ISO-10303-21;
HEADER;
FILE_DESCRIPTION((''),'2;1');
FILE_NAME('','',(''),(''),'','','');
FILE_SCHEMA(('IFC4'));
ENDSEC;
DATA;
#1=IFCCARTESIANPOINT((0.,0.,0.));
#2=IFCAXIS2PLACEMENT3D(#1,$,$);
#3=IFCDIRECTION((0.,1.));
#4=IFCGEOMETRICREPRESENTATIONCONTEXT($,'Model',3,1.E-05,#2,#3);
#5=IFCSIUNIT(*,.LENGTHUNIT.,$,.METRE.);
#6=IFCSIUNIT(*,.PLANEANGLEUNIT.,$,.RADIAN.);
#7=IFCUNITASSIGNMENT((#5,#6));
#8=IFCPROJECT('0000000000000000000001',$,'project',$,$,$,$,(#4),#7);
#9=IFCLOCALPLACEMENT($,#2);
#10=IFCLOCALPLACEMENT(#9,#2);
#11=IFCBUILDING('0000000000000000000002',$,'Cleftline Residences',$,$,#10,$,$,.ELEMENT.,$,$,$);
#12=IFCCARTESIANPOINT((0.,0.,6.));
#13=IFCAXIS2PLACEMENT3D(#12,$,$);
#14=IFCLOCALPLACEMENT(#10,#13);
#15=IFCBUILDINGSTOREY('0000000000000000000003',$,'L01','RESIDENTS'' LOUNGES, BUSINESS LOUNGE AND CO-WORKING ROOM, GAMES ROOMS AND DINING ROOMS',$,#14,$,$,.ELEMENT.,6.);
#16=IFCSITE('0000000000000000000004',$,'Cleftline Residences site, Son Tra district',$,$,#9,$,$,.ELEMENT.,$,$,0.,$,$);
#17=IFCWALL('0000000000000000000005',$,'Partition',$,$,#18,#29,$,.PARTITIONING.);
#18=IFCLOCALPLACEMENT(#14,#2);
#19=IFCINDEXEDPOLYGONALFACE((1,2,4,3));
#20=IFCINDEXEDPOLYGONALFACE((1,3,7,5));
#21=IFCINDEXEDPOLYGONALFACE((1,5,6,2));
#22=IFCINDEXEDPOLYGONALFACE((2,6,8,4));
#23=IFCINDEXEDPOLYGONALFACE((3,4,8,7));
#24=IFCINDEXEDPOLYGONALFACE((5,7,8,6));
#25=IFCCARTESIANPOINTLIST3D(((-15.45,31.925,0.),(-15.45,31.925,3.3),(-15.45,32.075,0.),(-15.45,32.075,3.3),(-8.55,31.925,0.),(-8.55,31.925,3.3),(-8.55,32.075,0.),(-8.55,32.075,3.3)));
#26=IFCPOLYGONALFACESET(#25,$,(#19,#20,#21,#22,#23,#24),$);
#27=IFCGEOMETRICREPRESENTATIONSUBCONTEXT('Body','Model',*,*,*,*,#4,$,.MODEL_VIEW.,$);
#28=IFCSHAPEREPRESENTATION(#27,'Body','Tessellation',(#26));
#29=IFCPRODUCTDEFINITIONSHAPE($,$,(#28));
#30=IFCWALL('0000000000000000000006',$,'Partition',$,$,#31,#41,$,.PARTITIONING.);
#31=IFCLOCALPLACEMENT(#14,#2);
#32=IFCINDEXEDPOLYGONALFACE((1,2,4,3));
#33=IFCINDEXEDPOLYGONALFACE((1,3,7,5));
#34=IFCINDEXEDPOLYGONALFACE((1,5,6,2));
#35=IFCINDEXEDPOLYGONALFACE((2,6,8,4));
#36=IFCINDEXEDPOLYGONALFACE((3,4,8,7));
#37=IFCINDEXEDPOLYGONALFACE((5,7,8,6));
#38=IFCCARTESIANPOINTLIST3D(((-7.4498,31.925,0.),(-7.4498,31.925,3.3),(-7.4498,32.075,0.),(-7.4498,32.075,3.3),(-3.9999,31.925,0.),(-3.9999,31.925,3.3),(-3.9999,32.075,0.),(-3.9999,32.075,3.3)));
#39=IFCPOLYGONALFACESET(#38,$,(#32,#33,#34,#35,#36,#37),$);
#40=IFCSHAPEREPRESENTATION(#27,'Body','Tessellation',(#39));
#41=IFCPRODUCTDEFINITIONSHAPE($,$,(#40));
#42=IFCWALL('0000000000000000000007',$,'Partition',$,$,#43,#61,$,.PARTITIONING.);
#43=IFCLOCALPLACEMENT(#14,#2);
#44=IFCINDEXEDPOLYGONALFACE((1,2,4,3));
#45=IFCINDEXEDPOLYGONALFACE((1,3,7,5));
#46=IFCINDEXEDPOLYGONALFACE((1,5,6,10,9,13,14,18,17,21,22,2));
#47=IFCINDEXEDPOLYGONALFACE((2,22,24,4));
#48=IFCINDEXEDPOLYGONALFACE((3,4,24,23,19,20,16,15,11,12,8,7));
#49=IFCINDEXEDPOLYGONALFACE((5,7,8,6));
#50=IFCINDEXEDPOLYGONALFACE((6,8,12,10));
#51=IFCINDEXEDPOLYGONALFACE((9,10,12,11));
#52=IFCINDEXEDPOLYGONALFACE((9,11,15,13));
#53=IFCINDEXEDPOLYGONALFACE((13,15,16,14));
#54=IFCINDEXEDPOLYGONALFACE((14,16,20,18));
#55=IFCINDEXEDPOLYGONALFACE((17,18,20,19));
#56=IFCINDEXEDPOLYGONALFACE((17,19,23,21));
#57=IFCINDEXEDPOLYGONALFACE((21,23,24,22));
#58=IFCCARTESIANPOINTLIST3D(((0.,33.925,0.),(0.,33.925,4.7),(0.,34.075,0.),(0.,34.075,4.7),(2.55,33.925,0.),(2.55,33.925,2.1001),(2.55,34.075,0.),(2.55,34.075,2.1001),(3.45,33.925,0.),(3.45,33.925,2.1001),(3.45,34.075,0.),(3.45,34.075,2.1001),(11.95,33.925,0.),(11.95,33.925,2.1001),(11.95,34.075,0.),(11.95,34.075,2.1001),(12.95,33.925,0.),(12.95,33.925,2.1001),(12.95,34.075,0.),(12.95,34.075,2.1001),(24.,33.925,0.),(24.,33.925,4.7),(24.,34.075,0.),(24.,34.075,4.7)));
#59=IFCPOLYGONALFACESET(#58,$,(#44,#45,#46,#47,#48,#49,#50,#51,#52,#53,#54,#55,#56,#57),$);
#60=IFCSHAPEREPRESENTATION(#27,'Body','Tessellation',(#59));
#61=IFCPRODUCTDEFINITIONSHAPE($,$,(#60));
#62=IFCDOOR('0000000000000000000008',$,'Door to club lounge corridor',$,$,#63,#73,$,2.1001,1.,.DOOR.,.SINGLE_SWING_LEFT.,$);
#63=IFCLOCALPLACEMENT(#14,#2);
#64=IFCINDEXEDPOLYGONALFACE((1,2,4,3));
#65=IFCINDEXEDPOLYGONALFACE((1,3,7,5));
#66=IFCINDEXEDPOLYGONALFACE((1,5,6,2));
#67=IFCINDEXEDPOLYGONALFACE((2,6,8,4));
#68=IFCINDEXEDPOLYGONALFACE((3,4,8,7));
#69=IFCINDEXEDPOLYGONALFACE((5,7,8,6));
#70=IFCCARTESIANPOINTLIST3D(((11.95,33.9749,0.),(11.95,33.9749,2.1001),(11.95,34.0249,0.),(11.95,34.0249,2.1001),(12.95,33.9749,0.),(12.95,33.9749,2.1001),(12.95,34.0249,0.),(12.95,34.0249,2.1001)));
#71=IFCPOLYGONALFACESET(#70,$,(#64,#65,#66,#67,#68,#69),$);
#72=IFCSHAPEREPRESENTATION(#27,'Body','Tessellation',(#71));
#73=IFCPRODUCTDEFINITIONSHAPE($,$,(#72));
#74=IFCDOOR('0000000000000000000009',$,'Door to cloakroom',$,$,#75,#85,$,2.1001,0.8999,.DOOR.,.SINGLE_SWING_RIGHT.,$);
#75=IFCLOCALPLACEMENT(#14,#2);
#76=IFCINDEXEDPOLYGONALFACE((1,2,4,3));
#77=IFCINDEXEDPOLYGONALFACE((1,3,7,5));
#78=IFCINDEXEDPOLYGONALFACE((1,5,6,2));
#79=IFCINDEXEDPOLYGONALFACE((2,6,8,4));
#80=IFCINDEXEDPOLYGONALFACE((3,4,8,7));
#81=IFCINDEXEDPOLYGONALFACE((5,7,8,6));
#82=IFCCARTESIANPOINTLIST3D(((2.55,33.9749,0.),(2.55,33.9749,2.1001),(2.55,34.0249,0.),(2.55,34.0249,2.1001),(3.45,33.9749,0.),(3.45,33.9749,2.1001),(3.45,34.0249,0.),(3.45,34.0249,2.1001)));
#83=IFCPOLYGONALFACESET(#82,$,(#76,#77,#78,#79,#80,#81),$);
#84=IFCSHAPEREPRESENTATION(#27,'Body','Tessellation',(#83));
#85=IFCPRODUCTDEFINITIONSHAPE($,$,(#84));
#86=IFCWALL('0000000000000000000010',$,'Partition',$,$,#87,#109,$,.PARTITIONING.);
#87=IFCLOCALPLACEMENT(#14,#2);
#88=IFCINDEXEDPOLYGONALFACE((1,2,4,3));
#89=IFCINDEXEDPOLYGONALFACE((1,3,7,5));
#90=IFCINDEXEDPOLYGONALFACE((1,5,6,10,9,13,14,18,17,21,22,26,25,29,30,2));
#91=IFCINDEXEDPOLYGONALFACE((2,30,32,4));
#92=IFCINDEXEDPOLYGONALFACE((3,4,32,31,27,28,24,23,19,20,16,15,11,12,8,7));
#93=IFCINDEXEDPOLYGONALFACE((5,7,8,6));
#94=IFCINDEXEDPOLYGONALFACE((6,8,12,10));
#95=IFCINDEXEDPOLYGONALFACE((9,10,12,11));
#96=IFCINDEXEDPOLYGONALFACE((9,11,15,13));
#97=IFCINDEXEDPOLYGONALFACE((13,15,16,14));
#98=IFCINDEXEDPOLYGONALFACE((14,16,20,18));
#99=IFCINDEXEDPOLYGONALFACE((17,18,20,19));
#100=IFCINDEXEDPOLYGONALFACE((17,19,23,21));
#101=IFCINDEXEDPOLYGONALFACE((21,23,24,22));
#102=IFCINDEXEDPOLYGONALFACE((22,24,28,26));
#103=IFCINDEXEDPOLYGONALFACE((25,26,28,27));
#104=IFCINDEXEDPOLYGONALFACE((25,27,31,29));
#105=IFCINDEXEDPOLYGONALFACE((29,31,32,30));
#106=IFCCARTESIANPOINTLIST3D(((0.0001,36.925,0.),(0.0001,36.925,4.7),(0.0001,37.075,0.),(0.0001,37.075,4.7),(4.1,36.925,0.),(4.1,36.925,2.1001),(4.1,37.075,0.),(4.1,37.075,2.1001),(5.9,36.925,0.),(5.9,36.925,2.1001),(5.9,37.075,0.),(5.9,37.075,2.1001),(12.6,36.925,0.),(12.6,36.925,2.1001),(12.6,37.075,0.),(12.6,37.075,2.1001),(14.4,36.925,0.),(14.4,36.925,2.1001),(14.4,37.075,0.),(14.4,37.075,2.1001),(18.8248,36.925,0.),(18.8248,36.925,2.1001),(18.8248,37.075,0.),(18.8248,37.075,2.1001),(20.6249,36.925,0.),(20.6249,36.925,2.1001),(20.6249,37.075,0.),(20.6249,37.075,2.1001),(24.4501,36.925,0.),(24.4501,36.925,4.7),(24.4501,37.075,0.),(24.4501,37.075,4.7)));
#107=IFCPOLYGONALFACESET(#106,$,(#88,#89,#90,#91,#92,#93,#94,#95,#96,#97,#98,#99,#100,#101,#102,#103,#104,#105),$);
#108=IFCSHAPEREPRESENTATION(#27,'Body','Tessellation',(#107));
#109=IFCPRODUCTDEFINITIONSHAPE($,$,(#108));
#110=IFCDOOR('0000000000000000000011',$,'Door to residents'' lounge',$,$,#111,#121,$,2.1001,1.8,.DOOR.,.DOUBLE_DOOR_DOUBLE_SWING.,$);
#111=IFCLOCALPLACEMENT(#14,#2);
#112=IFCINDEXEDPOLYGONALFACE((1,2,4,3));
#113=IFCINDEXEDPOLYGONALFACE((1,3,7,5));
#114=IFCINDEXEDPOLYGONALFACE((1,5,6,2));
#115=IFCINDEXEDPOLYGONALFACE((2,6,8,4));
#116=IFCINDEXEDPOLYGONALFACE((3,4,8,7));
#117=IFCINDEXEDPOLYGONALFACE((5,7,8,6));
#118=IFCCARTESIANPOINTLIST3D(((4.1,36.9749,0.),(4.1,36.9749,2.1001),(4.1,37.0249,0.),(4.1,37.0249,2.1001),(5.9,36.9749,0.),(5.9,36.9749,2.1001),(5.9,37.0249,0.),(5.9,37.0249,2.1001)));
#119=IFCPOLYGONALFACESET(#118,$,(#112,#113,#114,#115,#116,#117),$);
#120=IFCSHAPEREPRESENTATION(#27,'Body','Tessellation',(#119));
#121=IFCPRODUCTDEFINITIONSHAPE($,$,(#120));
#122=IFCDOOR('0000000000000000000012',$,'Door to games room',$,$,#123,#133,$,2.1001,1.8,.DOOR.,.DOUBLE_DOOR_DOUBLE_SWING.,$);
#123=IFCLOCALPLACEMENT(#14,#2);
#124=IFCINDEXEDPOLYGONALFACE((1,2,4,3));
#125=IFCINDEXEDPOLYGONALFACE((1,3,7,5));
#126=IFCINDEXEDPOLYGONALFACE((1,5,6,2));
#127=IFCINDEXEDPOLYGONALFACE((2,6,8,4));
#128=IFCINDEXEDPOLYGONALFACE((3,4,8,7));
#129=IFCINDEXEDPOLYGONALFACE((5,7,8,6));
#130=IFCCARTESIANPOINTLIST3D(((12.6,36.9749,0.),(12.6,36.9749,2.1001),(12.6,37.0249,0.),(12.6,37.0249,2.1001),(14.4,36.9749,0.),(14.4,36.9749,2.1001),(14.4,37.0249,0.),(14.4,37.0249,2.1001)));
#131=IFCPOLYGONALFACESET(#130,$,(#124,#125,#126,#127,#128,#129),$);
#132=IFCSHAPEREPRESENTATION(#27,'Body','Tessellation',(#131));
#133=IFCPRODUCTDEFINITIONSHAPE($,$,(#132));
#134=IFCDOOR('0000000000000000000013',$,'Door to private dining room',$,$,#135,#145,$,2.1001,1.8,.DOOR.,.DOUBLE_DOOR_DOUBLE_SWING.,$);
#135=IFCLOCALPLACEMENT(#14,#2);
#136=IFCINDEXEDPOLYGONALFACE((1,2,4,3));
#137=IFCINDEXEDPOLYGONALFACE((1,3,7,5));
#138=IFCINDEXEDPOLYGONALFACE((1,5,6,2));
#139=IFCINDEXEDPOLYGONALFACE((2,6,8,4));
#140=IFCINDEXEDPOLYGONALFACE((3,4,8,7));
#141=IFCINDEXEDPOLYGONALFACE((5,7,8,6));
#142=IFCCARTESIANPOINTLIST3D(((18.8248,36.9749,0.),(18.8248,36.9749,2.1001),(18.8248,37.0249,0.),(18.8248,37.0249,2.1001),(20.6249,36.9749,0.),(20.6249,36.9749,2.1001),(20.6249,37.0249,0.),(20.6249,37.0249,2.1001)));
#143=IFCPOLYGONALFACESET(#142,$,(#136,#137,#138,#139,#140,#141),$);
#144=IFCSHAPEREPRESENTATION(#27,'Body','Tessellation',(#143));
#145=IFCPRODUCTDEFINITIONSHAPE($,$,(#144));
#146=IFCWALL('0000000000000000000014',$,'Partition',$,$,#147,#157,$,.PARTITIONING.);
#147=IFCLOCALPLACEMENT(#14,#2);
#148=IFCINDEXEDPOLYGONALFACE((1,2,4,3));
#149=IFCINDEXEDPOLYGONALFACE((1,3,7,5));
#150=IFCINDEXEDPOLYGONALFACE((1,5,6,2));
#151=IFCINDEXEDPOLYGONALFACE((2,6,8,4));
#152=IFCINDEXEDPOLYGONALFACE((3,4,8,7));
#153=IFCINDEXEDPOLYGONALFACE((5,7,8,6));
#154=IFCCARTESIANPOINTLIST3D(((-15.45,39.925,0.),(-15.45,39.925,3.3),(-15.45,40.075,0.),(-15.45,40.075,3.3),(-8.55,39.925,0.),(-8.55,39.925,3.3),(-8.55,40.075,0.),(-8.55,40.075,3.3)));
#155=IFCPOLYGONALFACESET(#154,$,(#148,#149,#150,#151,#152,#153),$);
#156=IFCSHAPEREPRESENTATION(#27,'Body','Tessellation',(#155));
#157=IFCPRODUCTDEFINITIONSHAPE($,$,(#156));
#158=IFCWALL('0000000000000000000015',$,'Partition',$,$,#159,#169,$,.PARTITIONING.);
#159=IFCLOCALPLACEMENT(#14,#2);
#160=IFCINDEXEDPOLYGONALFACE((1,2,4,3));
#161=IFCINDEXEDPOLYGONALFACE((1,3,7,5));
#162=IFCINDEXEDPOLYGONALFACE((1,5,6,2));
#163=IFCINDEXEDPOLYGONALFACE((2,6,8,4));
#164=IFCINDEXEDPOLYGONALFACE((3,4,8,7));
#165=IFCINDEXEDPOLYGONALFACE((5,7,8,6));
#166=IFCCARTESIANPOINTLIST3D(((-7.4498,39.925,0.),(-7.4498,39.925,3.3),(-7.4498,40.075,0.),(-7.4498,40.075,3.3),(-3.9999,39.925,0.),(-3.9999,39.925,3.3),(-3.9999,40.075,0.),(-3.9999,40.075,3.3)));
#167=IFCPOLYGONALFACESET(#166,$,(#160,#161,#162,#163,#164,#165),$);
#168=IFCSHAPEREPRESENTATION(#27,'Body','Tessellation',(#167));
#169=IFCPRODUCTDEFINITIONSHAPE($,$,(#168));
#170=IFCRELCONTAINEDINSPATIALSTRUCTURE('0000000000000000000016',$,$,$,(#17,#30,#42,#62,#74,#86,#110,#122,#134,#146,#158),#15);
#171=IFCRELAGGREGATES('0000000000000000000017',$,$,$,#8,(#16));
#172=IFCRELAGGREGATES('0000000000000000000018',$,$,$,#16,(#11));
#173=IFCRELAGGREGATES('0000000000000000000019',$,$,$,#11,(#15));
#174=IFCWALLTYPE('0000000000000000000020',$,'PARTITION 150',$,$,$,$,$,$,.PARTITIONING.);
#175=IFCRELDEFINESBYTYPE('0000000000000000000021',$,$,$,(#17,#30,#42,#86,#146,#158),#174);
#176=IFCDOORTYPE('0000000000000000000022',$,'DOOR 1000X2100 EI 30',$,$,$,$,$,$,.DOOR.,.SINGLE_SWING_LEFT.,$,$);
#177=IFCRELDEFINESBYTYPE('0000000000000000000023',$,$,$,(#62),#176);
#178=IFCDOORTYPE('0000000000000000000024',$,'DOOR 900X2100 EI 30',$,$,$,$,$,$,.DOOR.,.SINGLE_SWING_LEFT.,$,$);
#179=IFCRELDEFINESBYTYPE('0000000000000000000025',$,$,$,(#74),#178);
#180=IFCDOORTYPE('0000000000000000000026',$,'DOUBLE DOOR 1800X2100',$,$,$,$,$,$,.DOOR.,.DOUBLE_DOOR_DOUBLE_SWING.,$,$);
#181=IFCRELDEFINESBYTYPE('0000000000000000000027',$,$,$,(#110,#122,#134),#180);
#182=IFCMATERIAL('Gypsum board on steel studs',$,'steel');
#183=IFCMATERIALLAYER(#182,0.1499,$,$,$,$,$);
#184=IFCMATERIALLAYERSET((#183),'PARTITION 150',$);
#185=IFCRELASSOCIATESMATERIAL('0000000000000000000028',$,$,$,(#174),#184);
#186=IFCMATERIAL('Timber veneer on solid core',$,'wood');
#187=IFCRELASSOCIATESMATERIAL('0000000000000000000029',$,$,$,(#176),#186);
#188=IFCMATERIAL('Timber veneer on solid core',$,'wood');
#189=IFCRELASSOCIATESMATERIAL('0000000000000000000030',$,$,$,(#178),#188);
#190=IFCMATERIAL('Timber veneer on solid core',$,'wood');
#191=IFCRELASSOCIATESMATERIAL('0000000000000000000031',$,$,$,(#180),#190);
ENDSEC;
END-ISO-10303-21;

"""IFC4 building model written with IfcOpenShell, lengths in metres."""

from ifc_helpers import new_model, si_unit, direction, frame, frame_2d, origin, place, context, subcontext, project, spatial, rectangle, extrude, material, layer, layer_set, type_object, element, fill, save


model = new_model("IFC4")

# Units and contexts
model_context = context("Model", 3, precision=1e-05, world=origin(), true_north=direction((0.0, 1.0)))
body_context = subcontext(model_context, "Body", "Model", "MODEL_VIEW")
ifc_project = project(units=[si_unit("LENGTHUNIT", "METRE"), si_unit("PLANEANGLEUNIT", "RADIAN")], contexts=[model_context])

# Site, building, storey
site_placement = place(None, origin())
site = spatial("IfcSite", under=ifc_project, at=site_placement, Name="Cleftline Residences site, Son Tra district", CompositionType="ELEMENT", RefElevation=0.0)
building_placement = place(site_placement, origin())
building = spatial("IfcBuilding", under=site, at=building_placement, Name="Cleftline Residences", CompositionType="ELEMENT")
storey_placement = place(building_placement, frame((0.0, 0.0, 6.0)))
storey = spatial("IfcBuildingStorey", under=building, at=storey_placement, Name="L01", Description="RESIDENTS' LOUNGES, BUSINESS LOUNGE AND CO-WORKING ROOM, GAMES ROOMS AND DINING ROOMS", CompositionType="ELEMENT", Elevation=6.0)

# Walls
ifc_material_1 = material(Name="Gypsum board on steel studs", Category="steel")
ifc_layer = layer(ifc_material_1, 0.1499)
ifc_layer_set = layer_set([ifc_layer], Name="PARTITION 150")
wall_type = type_object("IfcWallType", Name="PARTITION 150", PredefinedType="PARTITIONING", material=ifc_layer_set)
wall_1_placement = place(storey_placement, frame((-15.45, 32.0, 0.0), z_axis=(0.0, 0.0, 1.0), x_axis=(1.0, 0.0, 0.0)))
element("IfcWall", 1, at=wall_1_placement, inside=storey, type_object=wall_type, Name="Partition", PredefinedType="PARTITIONING", context=body_context, shape_type="SweptSolid", body=[
    extrude(rectangle(XDim=6.8999, YDim=0.1499, at=frame_2d((3.45, 0.0))), origin(), (0.0, 0.0, 1.0), 3.3),
])
wall_2_placement = place(storey_placement, frame((-7.45, 32.0, 0.0), z_axis=(0.0, 0.0, 1.0), x_axis=(1.0, 0.0, 0.0)))
element("IfcWall", 2, at=wall_2_placement, inside=storey, type_object=wall_type, Name="Partition", PredefinedType="PARTITIONING", context=body_context, shape_type="SweptSolid", body=[
    extrude(rectangle(XDim=3.45, YDim=0.1499, at=frame_2d((1.7251, 0.0))), origin(), (0.0, 0.0, 1.0), 3.3),
])

# Walls, openings, doors
wall_3_placement = place(storey_placement, frame((0.0, 34.0, 0.0), z_axis=(0.0, 0.0, 1.0), x_axis=(1.0, 0.0, 0.0)))
wall_3 = element("IfcWall", 3, at=wall_3_placement, inside=storey, type_object=wall_type, Name="Partition", PredefinedType="PARTITIONING", context=body_context, shape_type="SweptSolid", body=[
    extrude(rectangle(XDim=24.0, YDim=0.1499, at=frame_2d((12.0, 0.0))), origin(), (0.0, 0.0, 1.0), 4.7),
])
opening_1_placement = place(wall_3_placement, frame((11.95, 0.0, 0.0)))
opening_1 = element("IfcOpeningElement", 4, at=opening_1_placement, cuts=wall_3, PredefinedType="OPENING", context=body_context, shape_type="SweptSolid", body=[
    extrude(rectangle(XDim=1.0, YDim=2.1001, at=frame_2d((0.5, 1.05))), frame((0.0, 0.085, 0.0), z_axis=(0.0, -1.0, 0.0), x_axis=(1.0, 0.0, 0.0)), (0.0, 0.0, 1.0), 0.1699),
])
opening_2_placement = place(wall_3_placement, frame((2.55, 0.0, 0.0)))
opening_2 = element("IfcOpeningElement", 5, at=opening_2_placement, cuts=wall_3, PredefinedType="OPENING", context=body_context, shape_type="SweptSolid", body=[
    extrude(rectangle(XDim=0.8999, YDim=2.1001, at=frame_2d((0.45, 1.05))), frame((0.0, 0.085, 0.0), z_axis=(0.0, -1.0, 0.0), x_axis=(1.0, 0.0, 0.0)), (0.0, 0.0, 1.0), 0.1699),
])
ifc_material_2 = material(Name="Timber veneer on solid core", Category="wood")
door_type_1 = type_object("IfcDoorType", Name="DOOR 1000X2100 EI 30", OperationType="SINGLE_SWING_LEFT", PredefinedType="DOOR", material=ifc_material_2)
door_1_placement = place(opening_1_placement, origin())
door_1 = element("IfcDoor", 6, at=door_1_placement, inside=storey, type_object=door_type_1, Name="Door to club lounge corridor", OperationType="SINGLE_SWING_LEFT", OverallHeight=2.1001, OverallWidth=1.0, PredefinedType="DOOR", context=body_context, shape_type="SweptSolid", body=[
    extrude(rectangle(XDim=1.0, YDim=2.1001, at=frame_2d((0.5, 1.05))), frame((0.0, 0.0249, 0.0), z_axis=(0.0, -1.0, 0.0), x_axis=(1.0, 0.0, 0.0)), (0.0, 0.0, 1.0), 0.05),
])
fill(opening_1, door_1)
ifc_material_3 = material(Name="Timber veneer on solid core", Category="wood")
door_type_2 = type_object("IfcDoorType", Name="DOOR 900X2100 EI 30", OperationType="SINGLE_SWING_LEFT", PredefinedType="DOOR", material=ifc_material_3)
door_2_placement = place(opening_2_placement, origin())
door_2 = element("IfcDoor", 7, at=door_2_placement, inside=storey, type_object=door_type_2, Name="Door to cloakroom", OperationType="SINGLE_SWING_RIGHT", OverallHeight=2.1001, OverallWidth=0.8999, PredefinedType="DOOR", context=body_context, shape_type="SweptSolid", body=[
    extrude(rectangle(XDim=0.8999, YDim=2.1001, at=frame_2d((0.45, 1.05))), frame((0.0, 0.0249, 0.0), z_axis=(0.0, -1.0, 0.0), x_axis=(1.0, 0.0, 0.0)), (0.0, 0.0, 1.0), 0.05),
])
fill(opening_2, door_2)
wall_4_placement = place(storey_placement, frame((0.0, 37.0, 0.0), z_axis=(0.0, 0.0, 1.0), x_axis=(1.0, 0.0, 0.0)))
wall_4 = element("IfcWall", 8, at=wall_4_placement, inside=storey, type_object=wall_type, Name="Partition", PredefinedType="PARTITIONING", context=body_context, shape_type="SweptSolid", body=[
    extrude(rectangle(XDim=24.45, YDim=0.1499, at=frame_2d((12.2251, 0.0))), origin(), (0.0, 0.0, 1.0), 4.7),
])
opening_3_placement = place(wall_4_placement, frame((4.1001, 0.0, 0.0)))
opening_3 = element("IfcOpeningElement", 9, at=opening_3_placement, cuts=wall_4, PredefinedType="OPENING", context=body_context, shape_type="SweptSolid", body=[
    extrude(rectangle(XDim=1.8, YDim=2.1001, at=frame_2d((0.8999, 1.05))), frame((0.0, 0.085, 0.0), z_axis=(0.0, -1.0, 0.0), x_axis=(1.0, 0.0, 0.0)), (0.0, 0.0, 1.0), 0.1699),
])
opening_4_placement = place(wall_4_placement, frame((12.6001, 0.0, 0.0)))
opening_4 = element("IfcOpeningElement", 10, at=opening_4_placement, cuts=wall_4, PredefinedType="OPENING", context=body_context, shape_type="SweptSolid", body=[
    extrude(rectangle(XDim=1.8, YDim=2.1001, at=frame_2d((0.8999, 1.05))), frame((0.0, 0.085, 0.0), z_axis=(0.0, -1.0, 0.0), x_axis=(1.0, 0.0, 0.0)), (0.0, 0.0, 1.0), 0.1699),
])
opening_5_placement = place(wall_4_placement, frame((18.825, 0.0, 0.0)))
opening_5 = element("IfcOpeningElement", 11, at=opening_5_placement, cuts=wall_4, PredefinedType="OPENING", context=body_context, shape_type="SweptSolid", body=[
    extrude(rectangle(XDim=1.8, YDim=2.1001, at=frame_2d((0.8999, 1.05))), frame((0.0, 0.085, 0.0), z_axis=(0.0, -1.0, 0.0), x_axis=(1.0, 0.0, 0.0)), (0.0, 0.0, 1.0), 0.1699),
])
ifc_material_4 = material(Name="Timber veneer on solid core", Category="wood")
door_type_3 = type_object("IfcDoorType", Name="DOUBLE DOOR 1800X2100", OperationType="DOUBLE_DOOR_DOUBLE_SWING", PredefinedType="DOOR", material=ifc_material_4)
door_3_placement = place(opening_3_placement, origin())
door_3 = element("IfcDoor", 12, at=door_3_placement, inside=storey, type_object=door_type_3, Name="Door to residents' lounge", OperationType="DOUBLE_DOOR_DOUBLE_SWING", OverallHeight=2.1001, OverallWidth=1.8, PredefinedType="DOOR", context=body_context, shape_type="SweptSolid", body=[
    extrude(rectangle(XDim=1.8, YDim=2.1001, at=frame_2d((0.8999, 1.05))), frame((0.0, 0.0249, 0.0), z_axis=(0.0, -1.0, 0.0), x_axis=(1.0, 0.0, 0.0)), (0.0, 0.0, 1.0), 0.05),
])
fill(opening_3, door_3)
door_4_placement = place(opening_4_placement, origin())
door_4 = element("IfcDoor", 13, at=door_4_placement, inside=storey, type_object=door_type_3, Name="Door to games room", OperationType="DOUBLE_DOOR_DOUBLE_SWING", OverallHeight=2.1001, OverallWidth=1.8, PredefinedType="DOOR", context=body_context, shape_type="SweptSolid", body=[
    extrude(rectangle(XDim=1.8, YDim=2.1001, at=frame_2d((0.8999, 1.05))), frame((0.0, 0.0249, 0.0), z_axis=(0.0, -1.0, 0.0), x_axis=(1.0, 0.0, 0.0)), (0.0, 0.0, 1.0), 0.05),
])
fill(opening_4, door_4)
door_5_placement = place(opening_5_placement, origin())
door_5 = element("IfcDoor", 14, at=door_5_placement, inside=storey, type_object=door_type_3, Name="Door to private dining room", OperationType="DOUBLE_DOOR_DOUBLE_SWING", OverallHeight=2.1001, OverallWidth=1.8, PredefinedType="DOOR", context=body_context, shape_type="SweptSolid", body=[
    extrude(rectangle(XDim=1.8, YDim=2.1001, at=frame_2d((0.8999, 1.05))), frame((0.0, 0.0249, 0.0), z_axis=(0.0, -1.0, 0.0), x_axis=(1.0, 0.0, 0.0)), (0.0, 0.0, 1.0), 0.05),
])
fill(opening_5, door_5)

# Walls
wall_5_placement = place(storey_placement, frame((-15.45, 40.0, 0.0), z_axis=(0.0, 0.0, 1.0), x_axis=(1.0, 0.0, 0.0)))
element("IfcWall", 15, at=wall_5_placement, inside=storey, type_object=wall_type, Name="Partition", PredefinedType="PARTITIONING", context=body_context, shape_type="SweptSolid", body=[
    extrude(rectangle(XDim=6.8999, YDim=0.1499, at=frame_2d((3.45, 0.0))), origin(), (0.0, 0.0, 1.0), 3.3),
])
wall_6_placement = place(storey_placement, frame((-7.45, 40.0, 0.0), z_axis=(0.0, 0.0, 1.0), x_axis=(1.0, 0.0, 0.0)))
element("IfcWall", 16, at=wall_6_placement, inside=storey, type_object=wall_type, Name="Partition", PredefinedType="PARTITIONING", context=body_context, shape_type="SweptSolid", body=[
    extrude(rectangle(XDim=3.45, YDim=0.1499, at=frame_2d((1.7251, 0.0))), origin(), (0.0, 0.0, 1.0), 3.3),
])

save(model, "model.ifc")
